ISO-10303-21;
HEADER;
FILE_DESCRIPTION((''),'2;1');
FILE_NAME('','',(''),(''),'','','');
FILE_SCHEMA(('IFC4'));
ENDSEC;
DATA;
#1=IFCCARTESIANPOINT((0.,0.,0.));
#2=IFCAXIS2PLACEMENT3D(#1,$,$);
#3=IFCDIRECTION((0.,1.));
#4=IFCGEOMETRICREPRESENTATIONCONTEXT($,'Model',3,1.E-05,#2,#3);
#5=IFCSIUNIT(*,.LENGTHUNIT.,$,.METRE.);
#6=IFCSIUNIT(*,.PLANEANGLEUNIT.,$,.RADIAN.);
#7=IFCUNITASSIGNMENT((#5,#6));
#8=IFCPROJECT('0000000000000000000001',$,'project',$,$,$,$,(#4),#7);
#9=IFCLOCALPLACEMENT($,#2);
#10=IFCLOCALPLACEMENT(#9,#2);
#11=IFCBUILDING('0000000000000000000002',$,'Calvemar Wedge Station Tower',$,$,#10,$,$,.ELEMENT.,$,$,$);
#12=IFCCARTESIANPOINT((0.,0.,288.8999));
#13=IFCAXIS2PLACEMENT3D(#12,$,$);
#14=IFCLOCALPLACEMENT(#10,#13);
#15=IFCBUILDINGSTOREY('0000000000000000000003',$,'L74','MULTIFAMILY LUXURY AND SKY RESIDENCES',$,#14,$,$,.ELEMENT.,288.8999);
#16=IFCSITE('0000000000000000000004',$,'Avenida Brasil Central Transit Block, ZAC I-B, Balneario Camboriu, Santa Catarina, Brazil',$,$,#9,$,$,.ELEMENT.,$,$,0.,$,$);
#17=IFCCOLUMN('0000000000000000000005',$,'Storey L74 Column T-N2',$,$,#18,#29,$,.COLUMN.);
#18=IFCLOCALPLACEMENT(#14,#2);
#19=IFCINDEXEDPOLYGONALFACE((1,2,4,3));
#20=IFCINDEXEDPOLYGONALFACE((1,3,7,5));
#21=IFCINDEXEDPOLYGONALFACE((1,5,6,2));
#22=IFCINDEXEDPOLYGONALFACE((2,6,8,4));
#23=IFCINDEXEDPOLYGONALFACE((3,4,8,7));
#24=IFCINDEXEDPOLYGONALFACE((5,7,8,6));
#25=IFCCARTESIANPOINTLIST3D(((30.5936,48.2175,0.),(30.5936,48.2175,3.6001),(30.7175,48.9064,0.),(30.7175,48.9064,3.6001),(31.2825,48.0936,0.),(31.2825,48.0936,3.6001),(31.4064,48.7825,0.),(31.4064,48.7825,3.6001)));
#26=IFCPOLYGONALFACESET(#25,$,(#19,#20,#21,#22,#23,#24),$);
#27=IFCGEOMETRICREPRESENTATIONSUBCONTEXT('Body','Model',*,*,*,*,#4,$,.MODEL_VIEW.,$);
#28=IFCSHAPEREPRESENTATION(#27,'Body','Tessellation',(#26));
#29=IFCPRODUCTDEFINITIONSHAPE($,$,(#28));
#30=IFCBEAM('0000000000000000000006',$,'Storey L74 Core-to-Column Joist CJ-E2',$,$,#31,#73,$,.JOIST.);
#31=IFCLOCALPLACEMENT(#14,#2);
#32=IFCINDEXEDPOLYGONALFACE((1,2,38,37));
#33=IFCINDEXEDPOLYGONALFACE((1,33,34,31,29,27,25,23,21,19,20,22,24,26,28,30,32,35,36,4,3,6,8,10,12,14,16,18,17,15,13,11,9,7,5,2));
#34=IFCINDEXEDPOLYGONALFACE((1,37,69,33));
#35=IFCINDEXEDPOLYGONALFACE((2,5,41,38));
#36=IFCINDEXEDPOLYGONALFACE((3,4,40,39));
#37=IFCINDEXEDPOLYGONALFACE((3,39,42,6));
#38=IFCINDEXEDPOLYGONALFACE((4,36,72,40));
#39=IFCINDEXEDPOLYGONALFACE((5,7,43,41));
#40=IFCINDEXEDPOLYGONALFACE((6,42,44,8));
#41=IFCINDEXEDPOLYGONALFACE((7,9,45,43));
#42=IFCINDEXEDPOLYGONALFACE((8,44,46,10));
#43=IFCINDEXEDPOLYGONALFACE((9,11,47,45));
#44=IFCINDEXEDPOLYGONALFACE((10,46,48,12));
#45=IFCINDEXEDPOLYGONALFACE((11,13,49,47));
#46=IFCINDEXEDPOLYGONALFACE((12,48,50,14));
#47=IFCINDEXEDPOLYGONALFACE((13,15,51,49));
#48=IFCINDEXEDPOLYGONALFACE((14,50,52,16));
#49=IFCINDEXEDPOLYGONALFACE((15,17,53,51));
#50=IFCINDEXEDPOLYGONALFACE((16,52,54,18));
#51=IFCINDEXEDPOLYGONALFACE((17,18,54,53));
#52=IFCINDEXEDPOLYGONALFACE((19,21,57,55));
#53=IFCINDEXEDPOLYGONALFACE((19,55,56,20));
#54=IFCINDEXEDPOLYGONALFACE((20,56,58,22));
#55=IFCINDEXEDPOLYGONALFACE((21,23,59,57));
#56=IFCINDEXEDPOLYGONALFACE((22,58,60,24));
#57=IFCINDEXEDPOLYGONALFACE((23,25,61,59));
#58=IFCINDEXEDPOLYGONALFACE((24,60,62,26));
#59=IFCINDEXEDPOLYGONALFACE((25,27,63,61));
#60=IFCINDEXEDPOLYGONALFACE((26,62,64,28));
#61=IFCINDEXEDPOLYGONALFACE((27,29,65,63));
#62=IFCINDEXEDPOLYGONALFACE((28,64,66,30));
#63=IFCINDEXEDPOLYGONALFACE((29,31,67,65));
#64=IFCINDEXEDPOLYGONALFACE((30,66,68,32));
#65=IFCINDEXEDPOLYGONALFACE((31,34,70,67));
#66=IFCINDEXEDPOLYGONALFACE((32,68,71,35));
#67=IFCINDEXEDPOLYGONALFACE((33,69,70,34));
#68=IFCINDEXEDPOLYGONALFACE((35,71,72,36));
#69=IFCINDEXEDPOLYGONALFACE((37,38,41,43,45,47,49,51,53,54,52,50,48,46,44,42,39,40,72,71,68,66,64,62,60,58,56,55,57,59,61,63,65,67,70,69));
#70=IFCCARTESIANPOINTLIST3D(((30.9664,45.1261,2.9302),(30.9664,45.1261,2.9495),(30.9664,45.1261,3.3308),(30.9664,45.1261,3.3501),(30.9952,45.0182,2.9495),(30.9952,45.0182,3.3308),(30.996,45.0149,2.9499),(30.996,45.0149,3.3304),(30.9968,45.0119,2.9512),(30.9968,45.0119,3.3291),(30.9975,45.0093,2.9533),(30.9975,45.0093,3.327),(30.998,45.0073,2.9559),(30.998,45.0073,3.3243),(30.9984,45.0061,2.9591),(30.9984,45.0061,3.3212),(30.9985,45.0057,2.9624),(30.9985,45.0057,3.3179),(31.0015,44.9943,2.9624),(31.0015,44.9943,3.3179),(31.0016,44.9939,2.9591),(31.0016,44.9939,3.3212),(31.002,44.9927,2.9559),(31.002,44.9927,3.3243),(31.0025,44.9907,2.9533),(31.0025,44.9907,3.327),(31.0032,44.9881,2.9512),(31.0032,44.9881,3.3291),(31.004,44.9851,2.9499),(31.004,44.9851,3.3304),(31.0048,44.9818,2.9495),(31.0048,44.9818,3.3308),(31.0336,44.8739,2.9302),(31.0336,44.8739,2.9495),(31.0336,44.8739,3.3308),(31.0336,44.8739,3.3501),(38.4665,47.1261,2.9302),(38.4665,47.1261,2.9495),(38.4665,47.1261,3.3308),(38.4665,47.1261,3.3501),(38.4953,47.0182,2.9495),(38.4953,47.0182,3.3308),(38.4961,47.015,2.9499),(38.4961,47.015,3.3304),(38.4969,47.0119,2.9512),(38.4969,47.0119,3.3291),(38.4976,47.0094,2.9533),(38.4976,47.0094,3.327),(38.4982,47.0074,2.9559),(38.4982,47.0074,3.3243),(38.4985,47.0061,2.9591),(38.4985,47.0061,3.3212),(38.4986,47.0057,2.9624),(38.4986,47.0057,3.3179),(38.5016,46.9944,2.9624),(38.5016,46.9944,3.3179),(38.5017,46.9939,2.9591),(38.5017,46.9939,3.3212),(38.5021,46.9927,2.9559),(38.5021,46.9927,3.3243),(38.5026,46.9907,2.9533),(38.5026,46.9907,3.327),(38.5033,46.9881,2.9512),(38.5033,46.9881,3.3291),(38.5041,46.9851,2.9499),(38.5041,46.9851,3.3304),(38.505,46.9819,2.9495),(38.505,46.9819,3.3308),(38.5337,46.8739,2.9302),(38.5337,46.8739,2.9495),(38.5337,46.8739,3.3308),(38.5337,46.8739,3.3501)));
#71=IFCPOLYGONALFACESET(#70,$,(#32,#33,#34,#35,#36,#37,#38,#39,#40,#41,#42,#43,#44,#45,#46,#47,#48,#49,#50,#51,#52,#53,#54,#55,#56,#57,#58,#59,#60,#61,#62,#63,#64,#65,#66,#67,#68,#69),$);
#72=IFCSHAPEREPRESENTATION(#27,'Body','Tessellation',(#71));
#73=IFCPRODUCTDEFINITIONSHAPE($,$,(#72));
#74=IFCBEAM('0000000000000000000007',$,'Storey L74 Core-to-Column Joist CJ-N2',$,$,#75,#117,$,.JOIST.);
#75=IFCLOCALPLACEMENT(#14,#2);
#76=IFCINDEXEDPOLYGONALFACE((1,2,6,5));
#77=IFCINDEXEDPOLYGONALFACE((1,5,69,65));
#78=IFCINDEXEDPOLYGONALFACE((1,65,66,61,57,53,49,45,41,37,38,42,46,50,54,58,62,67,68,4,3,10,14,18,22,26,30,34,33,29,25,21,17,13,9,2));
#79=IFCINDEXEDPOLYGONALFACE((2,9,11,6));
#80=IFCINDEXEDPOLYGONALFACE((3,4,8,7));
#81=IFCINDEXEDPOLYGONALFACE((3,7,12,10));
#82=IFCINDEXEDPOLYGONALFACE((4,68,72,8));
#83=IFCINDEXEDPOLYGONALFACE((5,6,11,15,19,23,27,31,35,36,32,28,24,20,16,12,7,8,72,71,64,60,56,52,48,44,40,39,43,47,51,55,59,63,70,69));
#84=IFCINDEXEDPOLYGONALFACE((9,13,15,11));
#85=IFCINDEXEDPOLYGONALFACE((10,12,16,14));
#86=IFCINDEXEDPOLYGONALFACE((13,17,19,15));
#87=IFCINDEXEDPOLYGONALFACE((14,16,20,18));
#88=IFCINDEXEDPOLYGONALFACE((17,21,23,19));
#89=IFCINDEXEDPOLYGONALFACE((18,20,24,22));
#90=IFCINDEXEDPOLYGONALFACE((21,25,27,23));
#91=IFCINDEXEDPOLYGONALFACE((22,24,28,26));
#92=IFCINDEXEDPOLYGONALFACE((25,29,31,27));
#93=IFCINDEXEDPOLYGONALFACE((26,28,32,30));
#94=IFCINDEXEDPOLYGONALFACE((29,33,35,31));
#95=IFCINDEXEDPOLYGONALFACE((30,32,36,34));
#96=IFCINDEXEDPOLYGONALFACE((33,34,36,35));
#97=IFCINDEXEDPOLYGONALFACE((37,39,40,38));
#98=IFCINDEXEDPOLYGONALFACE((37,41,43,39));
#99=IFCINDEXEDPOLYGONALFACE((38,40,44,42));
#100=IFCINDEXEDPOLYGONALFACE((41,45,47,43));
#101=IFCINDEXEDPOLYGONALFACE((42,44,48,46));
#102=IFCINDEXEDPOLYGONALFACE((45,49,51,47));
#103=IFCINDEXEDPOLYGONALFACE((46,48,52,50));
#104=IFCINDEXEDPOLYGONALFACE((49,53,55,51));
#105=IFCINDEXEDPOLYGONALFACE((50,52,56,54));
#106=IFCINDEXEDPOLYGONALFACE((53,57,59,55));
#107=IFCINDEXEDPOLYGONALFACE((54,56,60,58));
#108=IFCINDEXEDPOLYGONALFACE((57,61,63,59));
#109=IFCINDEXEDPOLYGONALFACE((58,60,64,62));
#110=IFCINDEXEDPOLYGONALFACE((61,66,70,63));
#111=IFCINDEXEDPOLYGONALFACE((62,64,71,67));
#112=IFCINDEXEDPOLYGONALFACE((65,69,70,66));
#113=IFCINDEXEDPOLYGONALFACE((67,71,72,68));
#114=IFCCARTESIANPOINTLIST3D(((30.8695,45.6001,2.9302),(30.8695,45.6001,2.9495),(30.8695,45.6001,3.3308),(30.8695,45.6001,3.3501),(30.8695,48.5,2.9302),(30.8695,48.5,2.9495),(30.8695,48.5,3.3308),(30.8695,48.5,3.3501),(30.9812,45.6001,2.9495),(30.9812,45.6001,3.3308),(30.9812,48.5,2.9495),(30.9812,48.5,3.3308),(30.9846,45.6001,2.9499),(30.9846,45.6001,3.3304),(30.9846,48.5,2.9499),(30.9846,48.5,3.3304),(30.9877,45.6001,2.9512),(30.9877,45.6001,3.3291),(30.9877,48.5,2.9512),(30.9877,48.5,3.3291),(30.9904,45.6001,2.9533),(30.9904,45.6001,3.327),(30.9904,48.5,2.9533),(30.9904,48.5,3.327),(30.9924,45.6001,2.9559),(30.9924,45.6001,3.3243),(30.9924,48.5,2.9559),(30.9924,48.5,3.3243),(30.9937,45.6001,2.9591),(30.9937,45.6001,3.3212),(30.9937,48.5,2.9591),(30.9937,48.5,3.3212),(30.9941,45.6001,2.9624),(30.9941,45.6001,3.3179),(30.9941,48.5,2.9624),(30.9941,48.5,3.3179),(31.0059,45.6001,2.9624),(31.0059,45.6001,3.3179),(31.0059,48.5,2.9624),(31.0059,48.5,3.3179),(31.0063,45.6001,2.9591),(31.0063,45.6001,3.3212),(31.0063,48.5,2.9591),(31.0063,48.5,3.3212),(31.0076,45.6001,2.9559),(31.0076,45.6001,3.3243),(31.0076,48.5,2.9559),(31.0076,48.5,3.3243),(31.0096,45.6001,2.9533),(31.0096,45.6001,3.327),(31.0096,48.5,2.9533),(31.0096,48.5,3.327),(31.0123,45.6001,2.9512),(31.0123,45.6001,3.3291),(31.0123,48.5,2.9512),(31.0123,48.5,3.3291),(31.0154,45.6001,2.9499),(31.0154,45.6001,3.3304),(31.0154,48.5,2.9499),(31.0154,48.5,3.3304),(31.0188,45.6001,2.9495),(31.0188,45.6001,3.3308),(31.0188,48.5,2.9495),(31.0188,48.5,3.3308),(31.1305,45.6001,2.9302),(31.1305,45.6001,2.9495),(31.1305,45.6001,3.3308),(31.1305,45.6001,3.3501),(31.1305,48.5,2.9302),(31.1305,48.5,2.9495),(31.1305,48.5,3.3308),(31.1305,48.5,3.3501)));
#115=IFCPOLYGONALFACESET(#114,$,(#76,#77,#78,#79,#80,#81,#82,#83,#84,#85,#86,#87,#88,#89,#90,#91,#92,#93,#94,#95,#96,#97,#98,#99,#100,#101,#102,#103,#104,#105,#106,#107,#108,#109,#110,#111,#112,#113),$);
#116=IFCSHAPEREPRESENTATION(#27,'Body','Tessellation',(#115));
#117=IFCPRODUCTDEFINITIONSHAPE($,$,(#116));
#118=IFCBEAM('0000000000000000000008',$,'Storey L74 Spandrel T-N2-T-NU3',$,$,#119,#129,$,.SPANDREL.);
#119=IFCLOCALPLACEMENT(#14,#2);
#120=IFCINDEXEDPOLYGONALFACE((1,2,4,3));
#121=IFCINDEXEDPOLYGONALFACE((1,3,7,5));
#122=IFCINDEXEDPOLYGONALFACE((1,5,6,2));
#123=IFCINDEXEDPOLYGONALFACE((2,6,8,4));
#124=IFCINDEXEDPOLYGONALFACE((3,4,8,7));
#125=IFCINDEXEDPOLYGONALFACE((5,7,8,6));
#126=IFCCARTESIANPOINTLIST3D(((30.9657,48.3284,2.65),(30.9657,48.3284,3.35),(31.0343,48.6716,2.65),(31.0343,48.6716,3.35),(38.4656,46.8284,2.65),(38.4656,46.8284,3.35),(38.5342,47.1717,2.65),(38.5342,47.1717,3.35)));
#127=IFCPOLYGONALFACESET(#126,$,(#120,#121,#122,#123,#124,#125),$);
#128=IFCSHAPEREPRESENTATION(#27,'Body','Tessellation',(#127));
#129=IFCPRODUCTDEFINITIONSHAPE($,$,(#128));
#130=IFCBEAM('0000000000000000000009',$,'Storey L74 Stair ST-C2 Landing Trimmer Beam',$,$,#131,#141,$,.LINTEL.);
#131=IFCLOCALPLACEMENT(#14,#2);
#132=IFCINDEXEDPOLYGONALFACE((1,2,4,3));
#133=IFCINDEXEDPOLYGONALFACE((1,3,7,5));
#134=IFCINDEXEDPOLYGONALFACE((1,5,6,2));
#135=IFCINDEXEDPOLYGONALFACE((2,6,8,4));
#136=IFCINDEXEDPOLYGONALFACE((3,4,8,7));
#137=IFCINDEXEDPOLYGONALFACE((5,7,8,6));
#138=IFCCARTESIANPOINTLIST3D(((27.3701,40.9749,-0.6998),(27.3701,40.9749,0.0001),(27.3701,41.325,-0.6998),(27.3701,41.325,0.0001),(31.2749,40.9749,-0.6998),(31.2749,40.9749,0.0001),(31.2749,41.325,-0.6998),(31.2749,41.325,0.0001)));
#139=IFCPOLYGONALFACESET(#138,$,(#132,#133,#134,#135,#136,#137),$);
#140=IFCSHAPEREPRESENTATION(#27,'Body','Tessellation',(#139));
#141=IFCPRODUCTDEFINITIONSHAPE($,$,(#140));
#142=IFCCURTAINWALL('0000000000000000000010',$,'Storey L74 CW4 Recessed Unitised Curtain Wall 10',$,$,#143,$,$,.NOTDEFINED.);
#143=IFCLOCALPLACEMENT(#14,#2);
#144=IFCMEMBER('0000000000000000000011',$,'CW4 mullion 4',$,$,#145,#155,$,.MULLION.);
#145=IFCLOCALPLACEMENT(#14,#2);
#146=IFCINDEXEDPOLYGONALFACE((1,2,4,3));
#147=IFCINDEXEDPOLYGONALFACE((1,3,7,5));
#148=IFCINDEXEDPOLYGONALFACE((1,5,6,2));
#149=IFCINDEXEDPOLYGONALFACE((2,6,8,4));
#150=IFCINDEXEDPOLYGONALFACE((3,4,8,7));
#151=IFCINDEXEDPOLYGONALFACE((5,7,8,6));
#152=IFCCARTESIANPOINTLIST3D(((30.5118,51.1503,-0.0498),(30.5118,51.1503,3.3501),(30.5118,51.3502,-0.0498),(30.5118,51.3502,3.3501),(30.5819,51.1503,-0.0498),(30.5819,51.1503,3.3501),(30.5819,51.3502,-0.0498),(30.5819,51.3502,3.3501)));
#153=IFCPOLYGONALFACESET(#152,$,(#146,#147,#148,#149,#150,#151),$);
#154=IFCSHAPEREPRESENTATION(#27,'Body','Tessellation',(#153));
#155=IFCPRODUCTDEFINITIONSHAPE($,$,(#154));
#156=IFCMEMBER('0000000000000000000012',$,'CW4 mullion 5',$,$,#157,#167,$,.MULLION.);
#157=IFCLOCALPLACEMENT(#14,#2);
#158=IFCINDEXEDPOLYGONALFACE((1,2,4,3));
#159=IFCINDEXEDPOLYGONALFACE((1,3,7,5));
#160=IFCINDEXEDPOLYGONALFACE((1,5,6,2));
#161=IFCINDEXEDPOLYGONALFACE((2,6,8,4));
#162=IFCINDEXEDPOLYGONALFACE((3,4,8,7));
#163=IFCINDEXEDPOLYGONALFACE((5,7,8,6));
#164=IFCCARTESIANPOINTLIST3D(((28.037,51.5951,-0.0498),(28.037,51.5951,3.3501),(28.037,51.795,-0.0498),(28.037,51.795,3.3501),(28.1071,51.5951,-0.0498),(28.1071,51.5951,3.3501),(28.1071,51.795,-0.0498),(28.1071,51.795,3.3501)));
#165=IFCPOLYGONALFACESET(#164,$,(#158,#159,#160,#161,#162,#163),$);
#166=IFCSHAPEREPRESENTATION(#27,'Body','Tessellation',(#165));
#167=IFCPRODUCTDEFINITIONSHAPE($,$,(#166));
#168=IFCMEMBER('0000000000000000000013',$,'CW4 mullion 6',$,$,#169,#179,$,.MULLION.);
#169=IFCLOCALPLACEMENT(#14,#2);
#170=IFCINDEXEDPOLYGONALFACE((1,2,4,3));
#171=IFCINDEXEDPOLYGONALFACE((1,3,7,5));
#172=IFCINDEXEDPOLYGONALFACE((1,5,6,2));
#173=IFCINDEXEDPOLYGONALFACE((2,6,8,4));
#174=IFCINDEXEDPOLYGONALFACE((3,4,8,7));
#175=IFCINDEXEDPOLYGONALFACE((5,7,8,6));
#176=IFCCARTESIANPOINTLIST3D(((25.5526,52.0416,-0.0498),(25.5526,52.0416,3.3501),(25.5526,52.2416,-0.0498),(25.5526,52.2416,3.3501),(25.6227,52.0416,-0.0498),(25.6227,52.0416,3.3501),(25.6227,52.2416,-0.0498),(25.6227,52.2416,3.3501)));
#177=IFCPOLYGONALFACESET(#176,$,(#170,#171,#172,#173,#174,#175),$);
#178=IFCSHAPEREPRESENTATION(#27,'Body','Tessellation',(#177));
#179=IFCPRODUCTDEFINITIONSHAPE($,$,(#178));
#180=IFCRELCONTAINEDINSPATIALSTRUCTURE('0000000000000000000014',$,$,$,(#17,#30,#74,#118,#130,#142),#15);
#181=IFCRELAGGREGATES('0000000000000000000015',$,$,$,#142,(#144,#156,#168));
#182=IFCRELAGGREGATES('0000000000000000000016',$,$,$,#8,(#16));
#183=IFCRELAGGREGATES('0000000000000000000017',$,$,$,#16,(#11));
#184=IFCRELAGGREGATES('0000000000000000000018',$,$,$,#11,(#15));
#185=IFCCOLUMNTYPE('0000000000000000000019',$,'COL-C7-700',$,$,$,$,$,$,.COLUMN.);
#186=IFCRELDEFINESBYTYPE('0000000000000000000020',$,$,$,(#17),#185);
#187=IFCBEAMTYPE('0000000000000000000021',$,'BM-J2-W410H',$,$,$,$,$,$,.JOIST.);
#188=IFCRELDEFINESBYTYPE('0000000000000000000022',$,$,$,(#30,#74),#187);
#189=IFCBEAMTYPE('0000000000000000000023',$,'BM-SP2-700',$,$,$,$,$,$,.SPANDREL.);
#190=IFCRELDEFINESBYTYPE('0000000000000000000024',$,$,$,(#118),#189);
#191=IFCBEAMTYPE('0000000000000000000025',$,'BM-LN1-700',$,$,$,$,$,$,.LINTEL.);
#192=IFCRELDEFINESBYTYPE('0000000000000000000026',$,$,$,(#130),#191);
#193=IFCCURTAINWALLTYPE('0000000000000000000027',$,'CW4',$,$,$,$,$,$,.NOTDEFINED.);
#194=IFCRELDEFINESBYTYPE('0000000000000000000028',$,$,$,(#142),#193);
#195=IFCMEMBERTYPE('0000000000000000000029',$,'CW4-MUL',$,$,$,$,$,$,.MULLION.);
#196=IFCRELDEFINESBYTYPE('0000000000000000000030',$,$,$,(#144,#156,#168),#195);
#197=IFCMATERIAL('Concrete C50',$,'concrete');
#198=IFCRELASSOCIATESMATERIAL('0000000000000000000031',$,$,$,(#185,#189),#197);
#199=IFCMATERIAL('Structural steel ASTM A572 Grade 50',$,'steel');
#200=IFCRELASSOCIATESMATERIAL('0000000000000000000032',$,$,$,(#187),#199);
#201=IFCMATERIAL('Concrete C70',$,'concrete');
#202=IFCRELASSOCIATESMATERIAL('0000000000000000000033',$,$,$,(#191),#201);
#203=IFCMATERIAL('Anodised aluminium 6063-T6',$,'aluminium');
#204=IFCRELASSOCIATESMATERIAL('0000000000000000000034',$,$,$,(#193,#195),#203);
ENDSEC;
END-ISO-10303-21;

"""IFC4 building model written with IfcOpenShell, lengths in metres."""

from ifc_helpers import new_model, si_unit, direction, frame, origin, origin_2d, place, context, subcontext, project, spatial, rectangle, i_section, extrude, source, transform, mapped, material, material_profile, profile_set, type_object, element, aggregate, save


model = new_model("IFC4")

# Units and contexts
model_context = context("Model", 3, precision=1e-05, world=origin(), true_north=direction((0.0, 1.0)))
body_context = subcontext(model_context, "Body", "Model", "MODEL_VIEW")
ifc_project = project(units=[si_unit("LENGTHUNIT", "METRE"), si_unit("PLANEANGLEUNIT", "RADIAN")], contexts=[model_context])

# Site, building, storey
site_placement = place(None, origin())
site = spatial("IfcSite", under=ifc_project, at=site_placement, Name="Avenida Brasil Central Transit Block, ZAC I-B, Balneario Camboriu, Santa Catarina, Brazil", CompositionType="ELEMENT", RefElevation=0.0)
building_placement = place(site_placement, origin())
building = spatial("IfcBuilding", under=site, at=building_placement, Name="Calvemar Wedge Station Tower", CompositionType="ELEMENT")
storey_placement = place(building_placement, frame((0.0, 0.0, 288.8999)))
storey = spatial("IfcBuildingStorey", under=building, at=storey_placement, Name="L74", Description="MULTIFAMILY LUXURY AND SKY RESIDENCES", CompositionType="ELEMENT", Elevation=288.8999)

# Column
ifc_material_1 = material(Name="Concrete C50", Category="concrete")
ifc_material_profile_1 = material_profile(ifc_material_1, rectangle(XDim=0.7, YDim=0.7, at=origin_2d()), Name="RC700x700")
ifc_profile_set_1 = profile_set([ifc_material_profile_1], Name="Concrete C50")
column_type = type_object("IfcColumnType", Name="COL-C7-700", PredefinedType="COLUMN", material=ifc_profile_set_1)
shared_shape_1 = source(origin(), body_context, "Body", "SweptSolid", [
    extrude(rectangle(XDim=0.7, YDim=0.7, at=origin_2d()), origin(), (0.0, 0.0, 1.0), 3.6001),
])
column_placement = place(storey_placement, frame((31.0, 48.5, 0.0), z_axis=(0.0, 0.0, 1.0), x_axis=(0.984196, -0.177085, 0.0)))
element("IfcColumn", 1, at=column_placement, inside=storey, type_object=column_type, Name="Storey L74 Column T-N2", PredefinedType="COLUMN", context=body_context, shape_type="MappedRepresentation", body=[
    mapped(shared_shape_1, transform((0.0, 0.0, 0.0), scale=1.0)),
])

# Beams
ifc_material_2 = material(Name="Structural steel ASTM A572 Grade 50", Category="steel")
ifc_material_profile_2 = material_profile(ifc_material_2, i_section(OverallWidth=0.261, OverallDepth=0.4199, WebThickness=0.0117, FlangeThickness=0.0193, FilletRadius=0.0129, at=origin_2d()), Name="W410x114")
ifc_profile_set_2 = profile_set([ifc_material_profile_2], Name="Structural steel ASTM A572 Grade 50")
beam_type_1 = type_object("IfcBeamType", Name="BM-J2-W410H", PredefinedType="JOIST", material=ifc_profile_set_2)
shared_shape_2 = source(origin(), body_context, "Body", "SweptSolid", [
    extrude(i_section(OverallWidth=0.261, OverallDepth=0.4199, WebThickness=0.0117, FlangeThickness=0.0193, FilletRadius=0.0129, at=origin_2d()), origin(), (0.0, 0.0, 1.0), 7.7622),
])
beam_1_placement = place(storey_placement, frame((31.0, 45.0, 3.1401), z_axis=(0.966235, 0.257663, 0.0), x_axis=(-0.257663, 0.966235, 0.0)))
element("IfcBeam", 2, at=beam_1_placement, inside=storey, type_object=beam_type_1, Name="Storey L74 Core-to-Column Joist CJ-E2", PredefinedType="JOIST", context=body_context, shape_type="MappedRepresentation", body=[
    mapped(shared_shape_2, transform((0.0, 0.0, 0.0), scale=1.0)),
])
shared_shape_3 = source(origin(), body_context, "Body", "SweptSolid", [
    extrude(i_section(OverallWidth=0.261, OverallDepth=0.4199, WebThickness=0.0117, FlangeThickness=0.0193, FilletRadius=0.0129, at=origin_2d()), origin(), (0.0, 0.0, 1.0), 2.8999),
])
beam_2_placement = place(storey_placement, frame((31.0, 45.6001, 3.1401), z_axis=(0.0, 1.0, 0.0), x_axis=(-1.0, 0.0, 0.0)))
element("IfcBeam", 3, at=beam_2_placement, inside=storey, type_object=beam_type_1, Name="Storey L74 Core-to-Column Joist CJ-N2", PredefinedType="JOIST", context=body_context, shape_type="MappedRepresentation", body=[
    mapped(shared_shape_3, transform((0.0, 0.0, 0.0), scale=1.0)),
])
ifc_material_profile_3 = material_profile(ifc_material_1, rectangle(XDim=0.3501, YDim=0.7, at=origin_2d()), Name="RC350x700")
ifc_profile_set_3 = profile_set([ifc_material_profile_3], Name="Concrete C50")
beam_type_2 = type_object("IfcBeamType", Name="BM-SP2-700", PredefinedType="SPANDREL", material=ifc_profile_set_3)
shared_shape_4 = source(origin(), body_context, "Body", "SweptSolid", [
    extrude(rectangle(XDim=0.3501, YDim=0.7, at=origin_2d()), origin(), (0.0, 0.0, 1.0), 7.6484),
])
beam_3_placement = place(storey_placement, frame((31.0, 48.5, 3.0), z_axis=(0.980581, -0.196116, 0.0), x_axis=(0.196116, 0.980581, 0.0)))
element("IfcBeam", 4, at=beam_3_placement, inside=storey, type_object=beam_type_2, Name="Storey L74 Spandrel T-N2-T-NU3", PredefinedType="SPANDREL", context=body_context, shape_type="MappedRepresentation", body=[
    mapped(shared_shape_4, transform((0.0, 0.0, 0.0), scale=1.0)),
])
ifc_material_3 = material(Name="Concrete C70", Category="concrete")
ifc_material_profile_4 = material_profile(ifc_material_3, rectangle(XDim=0.3501, YDim=0.7, at=origin_2d()), Name="RC350x700")
ifc_profile_set_4 = profile_set([ifc_material_profile_4], Name="Concrete C70")
beam_type_3 = type_object("IfcBeamType", Name="BM-LN1-700", PredefinedType="LINTEL", material=ifc_profile_set_4)
shared_shape_5 = source(origin(), body_context, "Body", "SweptSolid", [
    extrude(rectangle(XDim=0.3501, YDim=0.7, at=origin_2d()), origin(), (0.0, 0.0, 1.0), 3.9048),
])
beam_4_placement = place(storey_placement, frame((27.3701, 41.1499, -0.3499), z_axis=(1.0, 0.0, 0.0), x_axis=(0.0, 1.0, 0.0)))
element("IfcBeam", 5, at=beam_4_placement, inside=storey, type_object=beam_type_3, Name="Storey L74 Stair ST-C2 Landing Trimmer Beam", PredefinedType="LINTEL", context=body_context, shape_type="MappedRepresentation", body=[
    mapped(shared_shape_5, transform((0.0, 0.0, 0.0), scale=1.0)),
])

# Curtain wall, members
ifc_material_4 = material(Name="Anodised aluminium 6063-T6", Category="aluminium")
curtain_wall_type = type_object("IfcCurtainWallType", Name="CW4", PredefinedType="NOTDEFINED", material=ifc_material_4)
curtain_wall_placement = place(storey_placement, origin())
curtain_wall = element("IfcCurtainWall", 6, at=curtain_wall_placement, inside=storey, type_object=curtain_wall_type, Name="Storey L74 CW4 Recessed Unitised Curtain Wall 10", PredefinedType="NOTDEFINED")
ifc_material_profile_5 = material_profile(ifc_material_4, rectangle(XDim=0.0701, YDim=0.2, at=origin_2d()), Name="AL-MUL-70x200")
ifc_profile_set_5 = profile_set([ifc_material_profile_5], Name="Anodised aluminium 6063-T6")
member_type = type_object("IfcMemberType", Name="CW4-MUL", PredefinedType="MULLION", material=ifc_profile_set_5)
shared_shape_6 = source(origin(), body_context, "Body", "SweptSolid", [
    extrude(rectangle(XDim=0.0701, YDim=0.2, at=origin_2d()), origin(), (0.0, 0.0, 1.0), 3.3999),
])
member_1_placement = place(storey_placement, frame((30.5469, 51.2502, -0.0498), z_axis=(0.0, 0.0, 1.0), x_axis=(1.0, 0.0, 0.0)))
member_1 = element("IfcMember", 7, at=member_1_placement, type_object=member_type, Name="CW4 mullion 4", PredefinedType="MULLION", context=body_context, shape_type="MappedRepresentation", body=[
    mapped(shared_shape_6, transform((0.0, 0.0, 0.0), scale=1.0)),
])
member_2_placement = place(storey_placement, frame((28.072, 51.6951, -0.0498), z_axis=(0.0, 0.0, 1.0), x_axis=(1.0, 0.0, 0.0)))
member_2 = element("IfcMember", 8, at=member_2_placement, type_object=member_type, Name="CW4 mullion 5", PredefinedType="MULLION", context=body_context, shape_type="MappedRepresentation", body=[
    mapped(shared_shape_6, transform((0.0, 0.0, 0.0), scale=1.0)),
])
member_3_placement = place(storey_placement, frame((25.5876, 52.1416, -0.0498), z_axis=(0.0, 0.0, 1.0), x_axis=(1.0, 0.0, 0.0)))
member_3 = element("IfcMember", 9, at=member_3_placement, type_object=member_type, Name="CW4 mullion 6", PredefinedType="MULLION", context=body_context, shape_type="MappedRepresentation", body=[
    mapped(shared_shape_6, transform((0.0, 0.0, 0.0), scale=1.0)),
])
aggregate(curtain_wall, [member_1, member_2, member_3])

save(model, "model.ifc")
